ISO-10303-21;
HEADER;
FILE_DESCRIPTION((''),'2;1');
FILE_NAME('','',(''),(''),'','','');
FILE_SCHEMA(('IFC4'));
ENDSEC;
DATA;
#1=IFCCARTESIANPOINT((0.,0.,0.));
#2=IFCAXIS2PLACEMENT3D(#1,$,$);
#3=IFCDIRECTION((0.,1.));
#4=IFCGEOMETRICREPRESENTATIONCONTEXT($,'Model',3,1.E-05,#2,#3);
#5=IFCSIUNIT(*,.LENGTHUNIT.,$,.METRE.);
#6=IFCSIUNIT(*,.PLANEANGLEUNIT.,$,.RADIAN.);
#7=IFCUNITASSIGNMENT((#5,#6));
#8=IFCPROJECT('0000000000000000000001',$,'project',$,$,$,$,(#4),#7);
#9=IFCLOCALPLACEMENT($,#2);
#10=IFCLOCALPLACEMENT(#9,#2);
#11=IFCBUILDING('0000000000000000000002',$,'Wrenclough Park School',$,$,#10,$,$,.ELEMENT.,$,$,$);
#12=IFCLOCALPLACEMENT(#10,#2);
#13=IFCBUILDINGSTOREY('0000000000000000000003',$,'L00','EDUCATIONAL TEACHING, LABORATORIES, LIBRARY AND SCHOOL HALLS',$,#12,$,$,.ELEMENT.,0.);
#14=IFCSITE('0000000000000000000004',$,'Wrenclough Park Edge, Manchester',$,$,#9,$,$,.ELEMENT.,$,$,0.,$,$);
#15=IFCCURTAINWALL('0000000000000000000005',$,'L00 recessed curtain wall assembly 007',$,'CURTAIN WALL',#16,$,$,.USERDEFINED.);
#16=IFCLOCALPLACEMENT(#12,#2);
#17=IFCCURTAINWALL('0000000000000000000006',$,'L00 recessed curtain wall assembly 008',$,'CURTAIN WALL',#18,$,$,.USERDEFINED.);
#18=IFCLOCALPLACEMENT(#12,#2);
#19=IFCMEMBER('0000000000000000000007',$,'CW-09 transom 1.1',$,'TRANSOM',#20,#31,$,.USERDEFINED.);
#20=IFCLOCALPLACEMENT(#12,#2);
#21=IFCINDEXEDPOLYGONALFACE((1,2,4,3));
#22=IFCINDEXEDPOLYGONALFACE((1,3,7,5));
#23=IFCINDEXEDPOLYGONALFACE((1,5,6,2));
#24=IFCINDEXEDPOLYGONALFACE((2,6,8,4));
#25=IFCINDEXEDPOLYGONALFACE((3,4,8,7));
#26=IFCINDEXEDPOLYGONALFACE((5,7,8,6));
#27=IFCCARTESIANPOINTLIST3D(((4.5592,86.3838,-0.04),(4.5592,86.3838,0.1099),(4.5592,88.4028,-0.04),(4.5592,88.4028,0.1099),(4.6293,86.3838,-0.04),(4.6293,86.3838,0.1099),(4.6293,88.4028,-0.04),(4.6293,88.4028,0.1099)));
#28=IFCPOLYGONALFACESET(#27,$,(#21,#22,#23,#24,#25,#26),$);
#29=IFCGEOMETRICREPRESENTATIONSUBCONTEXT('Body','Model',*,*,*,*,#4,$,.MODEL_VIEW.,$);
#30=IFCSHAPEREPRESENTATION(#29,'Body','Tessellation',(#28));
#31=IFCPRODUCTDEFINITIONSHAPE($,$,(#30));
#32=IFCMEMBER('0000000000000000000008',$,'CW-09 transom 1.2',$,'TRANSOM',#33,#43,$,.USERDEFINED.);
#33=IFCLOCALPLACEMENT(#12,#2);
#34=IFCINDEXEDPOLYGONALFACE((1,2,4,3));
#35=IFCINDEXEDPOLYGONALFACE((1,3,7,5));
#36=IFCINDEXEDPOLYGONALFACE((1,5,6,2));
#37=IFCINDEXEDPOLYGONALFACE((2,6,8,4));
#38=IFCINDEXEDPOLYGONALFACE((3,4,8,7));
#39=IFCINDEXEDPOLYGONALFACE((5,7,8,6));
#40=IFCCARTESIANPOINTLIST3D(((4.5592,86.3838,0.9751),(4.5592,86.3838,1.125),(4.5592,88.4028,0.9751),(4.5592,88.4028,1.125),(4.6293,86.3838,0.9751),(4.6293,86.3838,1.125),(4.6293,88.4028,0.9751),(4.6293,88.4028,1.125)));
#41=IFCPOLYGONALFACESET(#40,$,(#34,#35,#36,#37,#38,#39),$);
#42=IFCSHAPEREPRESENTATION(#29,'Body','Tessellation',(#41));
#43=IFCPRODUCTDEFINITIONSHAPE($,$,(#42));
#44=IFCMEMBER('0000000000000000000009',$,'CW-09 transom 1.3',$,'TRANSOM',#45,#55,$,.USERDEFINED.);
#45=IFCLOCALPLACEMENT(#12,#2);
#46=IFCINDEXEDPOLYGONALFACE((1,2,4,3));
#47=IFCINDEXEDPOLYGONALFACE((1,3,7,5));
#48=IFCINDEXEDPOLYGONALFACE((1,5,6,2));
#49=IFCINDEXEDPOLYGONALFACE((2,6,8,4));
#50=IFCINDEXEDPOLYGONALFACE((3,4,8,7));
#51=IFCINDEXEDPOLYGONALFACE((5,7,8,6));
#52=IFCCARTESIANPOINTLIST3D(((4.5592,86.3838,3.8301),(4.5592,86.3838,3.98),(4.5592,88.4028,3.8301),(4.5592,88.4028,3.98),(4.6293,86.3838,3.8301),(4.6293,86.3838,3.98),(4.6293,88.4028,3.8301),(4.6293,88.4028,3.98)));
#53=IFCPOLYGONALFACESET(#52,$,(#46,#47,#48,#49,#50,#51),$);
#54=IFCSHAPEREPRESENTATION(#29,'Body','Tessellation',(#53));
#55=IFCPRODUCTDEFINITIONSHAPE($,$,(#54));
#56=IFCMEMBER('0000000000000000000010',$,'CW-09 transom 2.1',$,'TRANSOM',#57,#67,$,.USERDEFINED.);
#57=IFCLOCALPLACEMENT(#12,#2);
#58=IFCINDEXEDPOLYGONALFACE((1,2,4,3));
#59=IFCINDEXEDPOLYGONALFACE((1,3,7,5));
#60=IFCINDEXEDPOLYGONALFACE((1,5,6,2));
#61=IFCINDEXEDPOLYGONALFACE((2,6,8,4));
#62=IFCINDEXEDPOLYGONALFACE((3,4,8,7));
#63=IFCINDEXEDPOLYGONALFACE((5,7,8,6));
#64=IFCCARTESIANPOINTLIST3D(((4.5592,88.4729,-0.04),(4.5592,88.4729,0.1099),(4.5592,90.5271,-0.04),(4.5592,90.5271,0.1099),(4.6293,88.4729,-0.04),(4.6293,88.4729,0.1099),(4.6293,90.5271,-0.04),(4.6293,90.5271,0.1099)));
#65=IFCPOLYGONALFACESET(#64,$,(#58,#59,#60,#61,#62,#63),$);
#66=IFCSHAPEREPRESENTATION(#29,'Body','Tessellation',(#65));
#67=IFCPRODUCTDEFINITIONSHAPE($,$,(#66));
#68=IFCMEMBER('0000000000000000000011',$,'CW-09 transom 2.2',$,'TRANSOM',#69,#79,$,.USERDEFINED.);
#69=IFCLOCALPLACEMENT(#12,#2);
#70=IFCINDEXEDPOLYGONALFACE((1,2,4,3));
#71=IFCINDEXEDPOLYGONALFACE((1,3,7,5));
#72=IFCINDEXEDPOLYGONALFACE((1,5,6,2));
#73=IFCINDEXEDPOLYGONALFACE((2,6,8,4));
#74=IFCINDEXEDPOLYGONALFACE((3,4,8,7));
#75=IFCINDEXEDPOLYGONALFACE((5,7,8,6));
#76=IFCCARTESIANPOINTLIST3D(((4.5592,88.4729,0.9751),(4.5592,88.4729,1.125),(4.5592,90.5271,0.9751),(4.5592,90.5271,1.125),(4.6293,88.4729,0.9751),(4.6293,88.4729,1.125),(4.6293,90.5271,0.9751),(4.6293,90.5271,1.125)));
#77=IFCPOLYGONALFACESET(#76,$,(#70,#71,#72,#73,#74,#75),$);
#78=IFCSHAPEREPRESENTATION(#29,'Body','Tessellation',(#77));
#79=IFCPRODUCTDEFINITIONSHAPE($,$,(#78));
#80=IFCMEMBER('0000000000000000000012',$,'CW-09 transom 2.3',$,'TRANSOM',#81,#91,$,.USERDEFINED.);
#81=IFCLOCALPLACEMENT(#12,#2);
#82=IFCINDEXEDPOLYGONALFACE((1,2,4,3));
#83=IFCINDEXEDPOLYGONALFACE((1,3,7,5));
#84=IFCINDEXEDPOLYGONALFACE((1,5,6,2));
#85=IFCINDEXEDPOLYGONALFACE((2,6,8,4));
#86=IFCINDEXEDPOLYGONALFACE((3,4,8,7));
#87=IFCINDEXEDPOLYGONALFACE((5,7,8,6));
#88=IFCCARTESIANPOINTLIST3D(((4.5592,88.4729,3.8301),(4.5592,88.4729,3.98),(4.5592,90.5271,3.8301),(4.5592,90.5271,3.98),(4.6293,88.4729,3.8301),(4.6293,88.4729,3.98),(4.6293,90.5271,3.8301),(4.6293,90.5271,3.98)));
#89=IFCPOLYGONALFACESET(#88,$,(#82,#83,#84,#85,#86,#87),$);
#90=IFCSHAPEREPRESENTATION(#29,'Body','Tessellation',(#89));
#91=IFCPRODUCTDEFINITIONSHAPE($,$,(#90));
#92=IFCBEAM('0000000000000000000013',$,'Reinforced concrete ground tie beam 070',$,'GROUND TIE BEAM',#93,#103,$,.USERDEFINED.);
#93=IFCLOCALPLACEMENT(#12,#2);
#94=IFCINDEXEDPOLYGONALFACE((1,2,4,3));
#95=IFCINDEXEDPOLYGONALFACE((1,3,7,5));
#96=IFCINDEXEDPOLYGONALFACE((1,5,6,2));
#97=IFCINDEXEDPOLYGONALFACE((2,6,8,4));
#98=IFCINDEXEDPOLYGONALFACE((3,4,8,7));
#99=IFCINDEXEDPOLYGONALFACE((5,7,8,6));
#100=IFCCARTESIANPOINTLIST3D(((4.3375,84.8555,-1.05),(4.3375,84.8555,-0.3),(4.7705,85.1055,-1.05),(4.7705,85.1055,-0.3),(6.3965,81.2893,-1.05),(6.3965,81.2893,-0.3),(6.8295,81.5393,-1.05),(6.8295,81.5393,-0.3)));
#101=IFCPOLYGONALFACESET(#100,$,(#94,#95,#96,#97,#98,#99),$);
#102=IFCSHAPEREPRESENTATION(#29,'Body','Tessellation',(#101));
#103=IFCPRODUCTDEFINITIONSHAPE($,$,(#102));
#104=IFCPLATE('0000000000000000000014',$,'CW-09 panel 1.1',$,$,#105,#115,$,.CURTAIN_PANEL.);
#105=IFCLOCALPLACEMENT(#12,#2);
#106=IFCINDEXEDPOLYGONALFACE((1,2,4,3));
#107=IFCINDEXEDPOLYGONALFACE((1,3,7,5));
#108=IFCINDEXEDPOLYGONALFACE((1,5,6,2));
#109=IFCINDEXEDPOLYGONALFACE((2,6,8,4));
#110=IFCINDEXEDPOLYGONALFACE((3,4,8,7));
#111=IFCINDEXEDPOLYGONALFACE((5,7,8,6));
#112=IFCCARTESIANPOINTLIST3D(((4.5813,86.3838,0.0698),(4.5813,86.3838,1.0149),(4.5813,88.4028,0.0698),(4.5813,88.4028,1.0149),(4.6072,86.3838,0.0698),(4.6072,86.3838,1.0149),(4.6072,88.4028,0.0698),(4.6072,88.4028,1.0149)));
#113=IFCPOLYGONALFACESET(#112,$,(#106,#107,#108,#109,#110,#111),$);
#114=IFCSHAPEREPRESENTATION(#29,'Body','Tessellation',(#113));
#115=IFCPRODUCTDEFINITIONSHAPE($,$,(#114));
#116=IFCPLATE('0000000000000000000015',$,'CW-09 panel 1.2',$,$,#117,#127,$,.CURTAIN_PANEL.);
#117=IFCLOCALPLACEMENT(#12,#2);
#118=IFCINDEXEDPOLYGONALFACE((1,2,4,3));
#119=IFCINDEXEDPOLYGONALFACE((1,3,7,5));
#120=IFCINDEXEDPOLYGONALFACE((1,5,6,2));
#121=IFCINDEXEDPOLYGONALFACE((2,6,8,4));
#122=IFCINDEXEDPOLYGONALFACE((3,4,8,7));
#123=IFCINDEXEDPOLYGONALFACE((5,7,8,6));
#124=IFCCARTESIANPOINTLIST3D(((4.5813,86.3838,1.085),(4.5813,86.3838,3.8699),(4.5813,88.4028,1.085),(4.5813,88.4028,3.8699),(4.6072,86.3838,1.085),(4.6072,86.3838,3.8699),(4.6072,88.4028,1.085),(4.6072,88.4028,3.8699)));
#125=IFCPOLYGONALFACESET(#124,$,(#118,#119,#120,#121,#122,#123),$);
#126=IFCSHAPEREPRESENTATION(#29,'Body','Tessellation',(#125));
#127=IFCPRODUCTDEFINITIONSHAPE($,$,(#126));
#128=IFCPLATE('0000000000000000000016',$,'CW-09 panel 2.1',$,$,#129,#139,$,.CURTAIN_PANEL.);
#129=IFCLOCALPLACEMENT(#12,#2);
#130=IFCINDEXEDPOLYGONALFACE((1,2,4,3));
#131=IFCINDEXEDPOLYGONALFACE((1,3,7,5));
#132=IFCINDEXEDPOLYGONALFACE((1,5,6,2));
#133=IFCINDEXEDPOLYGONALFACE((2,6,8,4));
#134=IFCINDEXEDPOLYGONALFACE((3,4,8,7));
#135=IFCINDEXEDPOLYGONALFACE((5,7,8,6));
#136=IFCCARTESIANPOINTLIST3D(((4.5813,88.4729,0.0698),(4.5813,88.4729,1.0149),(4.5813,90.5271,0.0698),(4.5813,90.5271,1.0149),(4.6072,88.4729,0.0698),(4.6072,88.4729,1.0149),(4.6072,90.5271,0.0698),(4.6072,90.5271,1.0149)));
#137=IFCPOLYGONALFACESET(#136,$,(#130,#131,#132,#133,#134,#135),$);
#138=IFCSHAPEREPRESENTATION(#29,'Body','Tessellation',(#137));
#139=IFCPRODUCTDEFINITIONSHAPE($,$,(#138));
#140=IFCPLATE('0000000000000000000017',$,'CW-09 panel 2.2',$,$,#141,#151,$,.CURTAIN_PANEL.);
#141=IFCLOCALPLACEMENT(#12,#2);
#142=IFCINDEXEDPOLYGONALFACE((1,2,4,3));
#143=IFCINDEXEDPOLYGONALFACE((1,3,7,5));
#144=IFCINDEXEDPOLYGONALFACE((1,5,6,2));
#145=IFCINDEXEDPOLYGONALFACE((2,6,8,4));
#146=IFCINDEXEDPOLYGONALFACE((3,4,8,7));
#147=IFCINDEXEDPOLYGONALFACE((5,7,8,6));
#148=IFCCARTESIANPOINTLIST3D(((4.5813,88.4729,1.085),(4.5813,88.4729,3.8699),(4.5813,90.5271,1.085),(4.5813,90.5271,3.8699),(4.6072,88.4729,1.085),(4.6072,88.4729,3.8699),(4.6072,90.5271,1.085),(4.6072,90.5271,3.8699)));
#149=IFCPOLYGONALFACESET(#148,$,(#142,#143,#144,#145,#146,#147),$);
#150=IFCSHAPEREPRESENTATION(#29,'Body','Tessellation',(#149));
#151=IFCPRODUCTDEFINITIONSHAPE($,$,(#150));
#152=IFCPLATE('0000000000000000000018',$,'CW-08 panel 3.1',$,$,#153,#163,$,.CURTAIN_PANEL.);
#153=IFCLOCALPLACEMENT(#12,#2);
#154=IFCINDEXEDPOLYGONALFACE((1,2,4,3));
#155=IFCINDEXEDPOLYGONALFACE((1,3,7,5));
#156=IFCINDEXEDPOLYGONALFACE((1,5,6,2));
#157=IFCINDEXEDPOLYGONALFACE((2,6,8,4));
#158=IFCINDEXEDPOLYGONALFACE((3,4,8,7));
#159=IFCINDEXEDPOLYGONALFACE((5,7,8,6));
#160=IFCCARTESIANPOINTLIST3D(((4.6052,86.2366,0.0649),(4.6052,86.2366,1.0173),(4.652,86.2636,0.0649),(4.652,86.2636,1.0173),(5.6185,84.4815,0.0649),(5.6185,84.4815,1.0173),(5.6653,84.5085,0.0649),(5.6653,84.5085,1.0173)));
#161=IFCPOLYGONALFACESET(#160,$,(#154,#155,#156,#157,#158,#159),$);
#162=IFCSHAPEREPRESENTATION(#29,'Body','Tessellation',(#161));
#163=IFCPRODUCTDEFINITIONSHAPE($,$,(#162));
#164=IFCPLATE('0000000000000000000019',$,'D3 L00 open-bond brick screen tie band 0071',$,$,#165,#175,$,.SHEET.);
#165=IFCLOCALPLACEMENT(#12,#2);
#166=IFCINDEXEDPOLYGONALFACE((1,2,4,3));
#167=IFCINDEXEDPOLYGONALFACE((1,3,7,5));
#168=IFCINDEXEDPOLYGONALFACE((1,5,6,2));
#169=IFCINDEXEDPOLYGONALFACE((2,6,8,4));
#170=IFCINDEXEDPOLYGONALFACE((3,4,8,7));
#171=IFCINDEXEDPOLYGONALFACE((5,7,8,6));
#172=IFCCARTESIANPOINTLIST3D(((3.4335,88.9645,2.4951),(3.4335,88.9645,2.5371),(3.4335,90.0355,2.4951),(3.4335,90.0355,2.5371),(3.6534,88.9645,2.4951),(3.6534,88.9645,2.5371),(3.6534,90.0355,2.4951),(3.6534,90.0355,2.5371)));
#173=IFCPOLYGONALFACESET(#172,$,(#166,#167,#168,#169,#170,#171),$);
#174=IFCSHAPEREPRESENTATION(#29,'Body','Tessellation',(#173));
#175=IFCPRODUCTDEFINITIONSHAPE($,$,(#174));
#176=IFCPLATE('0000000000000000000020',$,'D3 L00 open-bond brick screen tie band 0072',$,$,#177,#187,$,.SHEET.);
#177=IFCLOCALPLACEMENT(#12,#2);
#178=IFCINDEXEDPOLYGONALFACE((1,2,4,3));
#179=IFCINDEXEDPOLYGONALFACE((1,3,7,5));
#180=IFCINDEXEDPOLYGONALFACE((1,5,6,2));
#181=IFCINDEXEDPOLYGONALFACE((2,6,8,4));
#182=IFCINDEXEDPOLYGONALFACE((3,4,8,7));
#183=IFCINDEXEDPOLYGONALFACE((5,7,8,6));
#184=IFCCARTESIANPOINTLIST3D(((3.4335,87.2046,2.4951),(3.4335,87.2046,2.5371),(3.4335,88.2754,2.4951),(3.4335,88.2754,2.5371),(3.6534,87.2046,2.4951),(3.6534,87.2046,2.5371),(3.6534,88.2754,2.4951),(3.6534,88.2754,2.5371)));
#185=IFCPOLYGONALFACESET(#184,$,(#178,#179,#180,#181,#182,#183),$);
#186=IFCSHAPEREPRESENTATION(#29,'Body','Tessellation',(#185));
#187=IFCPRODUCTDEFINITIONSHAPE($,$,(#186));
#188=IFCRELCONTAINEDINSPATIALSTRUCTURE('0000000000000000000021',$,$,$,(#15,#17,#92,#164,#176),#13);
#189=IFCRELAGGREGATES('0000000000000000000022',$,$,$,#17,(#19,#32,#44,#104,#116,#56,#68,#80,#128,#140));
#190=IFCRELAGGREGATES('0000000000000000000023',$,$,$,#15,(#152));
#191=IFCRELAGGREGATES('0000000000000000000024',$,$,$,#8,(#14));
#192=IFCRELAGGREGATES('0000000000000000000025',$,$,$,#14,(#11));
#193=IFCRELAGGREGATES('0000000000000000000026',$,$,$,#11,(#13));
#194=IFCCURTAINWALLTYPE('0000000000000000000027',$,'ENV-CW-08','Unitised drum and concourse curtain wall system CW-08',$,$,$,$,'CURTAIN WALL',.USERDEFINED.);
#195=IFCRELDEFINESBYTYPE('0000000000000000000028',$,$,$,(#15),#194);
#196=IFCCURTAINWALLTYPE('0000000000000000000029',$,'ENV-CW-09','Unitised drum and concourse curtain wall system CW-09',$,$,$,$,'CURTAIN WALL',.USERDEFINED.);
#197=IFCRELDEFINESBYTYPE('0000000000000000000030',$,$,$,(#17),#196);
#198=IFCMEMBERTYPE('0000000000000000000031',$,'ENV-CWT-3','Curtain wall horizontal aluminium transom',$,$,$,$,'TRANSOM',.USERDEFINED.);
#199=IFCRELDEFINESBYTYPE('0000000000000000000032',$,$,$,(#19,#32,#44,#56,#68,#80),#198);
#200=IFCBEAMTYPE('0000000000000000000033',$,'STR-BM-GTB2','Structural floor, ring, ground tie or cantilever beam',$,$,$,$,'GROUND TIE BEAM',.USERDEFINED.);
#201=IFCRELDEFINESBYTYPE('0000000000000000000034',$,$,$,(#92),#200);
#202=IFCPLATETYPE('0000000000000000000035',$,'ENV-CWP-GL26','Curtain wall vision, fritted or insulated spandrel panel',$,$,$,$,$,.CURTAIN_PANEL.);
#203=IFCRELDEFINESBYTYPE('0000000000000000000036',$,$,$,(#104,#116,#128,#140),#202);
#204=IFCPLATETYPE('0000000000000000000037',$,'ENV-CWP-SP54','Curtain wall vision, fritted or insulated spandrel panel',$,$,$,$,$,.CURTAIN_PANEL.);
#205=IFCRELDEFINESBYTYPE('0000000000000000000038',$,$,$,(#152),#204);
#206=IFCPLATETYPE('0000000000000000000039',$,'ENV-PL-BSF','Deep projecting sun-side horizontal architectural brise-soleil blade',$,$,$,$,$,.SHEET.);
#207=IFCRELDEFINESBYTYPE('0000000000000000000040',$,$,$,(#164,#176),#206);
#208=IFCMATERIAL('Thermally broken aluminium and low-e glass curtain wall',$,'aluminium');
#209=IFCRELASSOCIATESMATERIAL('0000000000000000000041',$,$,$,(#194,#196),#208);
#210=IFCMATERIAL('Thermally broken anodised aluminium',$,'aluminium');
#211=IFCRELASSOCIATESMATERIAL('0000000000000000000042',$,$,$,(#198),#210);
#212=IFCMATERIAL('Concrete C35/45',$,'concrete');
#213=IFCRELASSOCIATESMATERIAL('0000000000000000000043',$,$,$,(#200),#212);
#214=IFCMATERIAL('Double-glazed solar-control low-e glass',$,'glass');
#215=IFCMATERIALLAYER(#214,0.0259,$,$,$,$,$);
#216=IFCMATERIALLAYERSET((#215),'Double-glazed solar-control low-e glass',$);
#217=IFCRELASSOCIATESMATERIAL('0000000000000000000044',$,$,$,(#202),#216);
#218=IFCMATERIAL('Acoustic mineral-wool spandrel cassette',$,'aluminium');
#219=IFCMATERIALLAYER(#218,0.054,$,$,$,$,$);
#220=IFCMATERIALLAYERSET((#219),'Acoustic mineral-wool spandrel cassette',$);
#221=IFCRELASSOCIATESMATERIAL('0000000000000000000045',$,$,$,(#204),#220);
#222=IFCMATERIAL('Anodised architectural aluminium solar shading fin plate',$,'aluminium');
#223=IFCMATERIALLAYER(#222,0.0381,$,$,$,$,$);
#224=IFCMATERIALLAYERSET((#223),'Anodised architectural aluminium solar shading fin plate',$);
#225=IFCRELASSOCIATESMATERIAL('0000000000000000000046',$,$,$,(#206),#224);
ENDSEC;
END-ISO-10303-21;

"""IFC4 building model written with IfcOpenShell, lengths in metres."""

from ifc_helpers import new_model, si_unit, direction, frame, origin, origin_2d, place, context, subcontext, project, spatial, rectangle, extrude, material, layer, layer_set, material_profile, profile_set, type_object, element, aggregate, save


model = new_model("IFC4")

# Units and contexts
model_context = context("Model", 3, precision=1e-05, world=origin(), true_north=direction((0.0, 1.0)))
body_context = subcontext(model_context, "Body", "Model", "MODEL_VIEW")
ifc_project = project(units=[si_unit("LENGTHUNIT", "METRE"), si_unit("PLANEANGLEUNIT", "RADIAN")], contexts=[model_context])

# Site, building, storey
site_placement = place(None, origin())
site = spatial("IfcSite", under=ifc_project, at=site_placement, Name="Wrenclough Park Edge, Manchester", CompositionType="ELEMENT", RefElevation=0.0)
building_placement = place(site_placement, origin())
building = spatial("IfcBuilding", under=site, at=building_placement, Name="Wrenclough Park School", CompositionType="ELEMENT")
storey_placement = place(building_placement, origin())
storey = spatial("IfcBuildingStorey", under=building, at=storey_placement, Name="L00", Description="EDUCATIONAL TEACHING, LABORATORIES, LIBRARY AND SCHOOL HALLS", CompositionType="ELEMENT", Elevation=0.0)

# Shared definitions
ifc_material_1 = material(Name="Concrete C35/45", Category="concrete")

# Curtain wall
ifc_material_2 = material(Name="Thermally broken aluminium and low-e glass curtain wall", Category="aluminium")
curtain_wall_type_1 = type_object("IfcCurtainWallType", Name="ENV-CW-08", Description="Unitised drum and concourse curtain wall system CW-08", ElementType="CURTAIN WALL", PredefinedType="USERDEFINED", material=ifc_material_2)
curtain_wall_1_placement = place(storey_placement, origin())
curtain_wall_1 = element("IfcCurtainWall", 1, at=curtain_wall_1_placement, inside=storey, type_object=curtain_wall_type_1, Name="L00 recessed curtain wall assembly 007", ObjectType="CURTAIN WALL", PredefinedType="USERDEFINED")
ifc_material_3 = material(Name="Thermally broken anodised aluminium", Category="aluminium")

# Curtain wall, members
curtain_wall_type_2 = type_object("IfcCurtainWallType", Name="ENV-CW-09", Description="Unitised drum and concourse curtain wall system CW-09", ElementType="CURTAIN WALL", PredefinedType="USERDEFINED", material=ifc_material_2)
curtain_wall_2_placement = place(storey_placement, origin())
curtain_wall_2 = element("IfcCurtainWall", 2, at=curtain_wall_2_placement, inside=storey, type_object=curtain_wall_type_2, Name="L00 recessed curtain wall assembly 008", ObjectType="CURTAIN WALL", PredefinedType="USERDEFINED")
ifc_material_profile_1 = material_profile(ifc_material_3, rectangle(XDim=0.0701, YDim=0.1499, at=origin_2d()), Name="AL TRANSOM 70x150")
ifc_profile_set_1 = profile_set([ifc_material_profile_1], Name="Thermally broken anodised aluminium")
member_type_1 = type_object("IfcMemberType", Name="ENV-CWT-3", Description="Curtain wall horizontal aluminium transom", ElementType="TRANSOM", PredefinedType="USERDEFINED", material=ifc_profile_set_1)
member_1_placement = place(storey_placement, frame((4.5942, 86.3838, 0.0349), z_axis=(0.0, 1.0, 0.0), x_axis=(-1.0, 0.0, 0.0)))
member_1 = element("IfcMember", 3, at=member_1_placement, type_object=member_type_1, Name="CW-09 transom 1.1", ObjectType="TRANSOM", PredefinedType="USERDEFINED", context=body_context, shape_type="SweptSolid", body=[
    extrude(rectangle(XDim=0.0701, YDim=0.1499, at=origin_2d()), origin(), (0.0, 0.0, 1.0), 2.019),
])
member_2_placement = place(storey_placement, frame((4.5942, 86.3838, 1.05), z_axis=(0.0, 1.0, 0.0), x_axis=(-1.0, 0.0, 0.0)))
member_2 = element("IfcMember", 4, at=member_2_placement, type_object=member_type_1, Name="CW-09 transom 1.2", ObjectType="TRANSOM", PredefinedType="USERDEFINED", context=body_context, shape_type="SweptSolid", body=[
    extrude(rectangle(XDim=0.0701, YDim=0.1499, at=origin_2d()), origin(), (0.0, 0.0, 1.0), 2.019),
])
member_3_placement = place(storey_placement, frame((4.5942, 86.3838, 3.905), z_axis=(0.0, 1.0, 0.0), x_axis=(-1.0, 0.0, 0.0)))
member_3 = element("IfcMember", 5, at=member_3_placement, type_object=member_type_1, Name="CW-09 transom 1.3", ObjectType="TRANSOM", PredefinedType="USERDEFINED", context=body_context, shape_type="SweptSolid", body=[
    extrude(rectangle(XDim=0.0701, YDim=0.1499, at=origin_2d()), origin(), (0.0, 0.0, 1.0), 2.019),
])
member_4_placement = place(storey_placement, frame((4.5942, 88.4729, 0.0349), z_axis=(0.0, 1.0, 0.0), x_axis=(-1.0, 0.0, 0.0)))
member_4 = element("IfcMember", 6, at=member_4_placement, type_object=member_type_1, Name="CW-09 transom 2.1", ObjectType="TRANSOM", PredefinedType="USERDEFINED", context=body_context, shape_type="SweptSolid", body=[
    extrude(rectangle(XDim=0.0701, YDim=0.1499, at=origin_2d()), origin(), (0.0, 0.0, 1.0), 2.0542),
])
member_5_placement = place(storey_placement, frame((4.5942, 88.4729, 1.05), z_axis=(0.0, 1.0, 0.0), x_axis=(-1.0, 0.0, 0.0)))
member_5 = element("IfcMember", 7, at=member_5_placement, type_object=member_type_1, Name="CW-09 transom 2.2", ObjectType="TRANSOM", PredefinedType="USERDEFINED", context=body_context, shape_type="SweptSolid", body=[
    extrude(rectangle(XDim=0.0701, YDim=0.1499, at=origin_2d()), origin(), (0.0, 0.0, 1.0), 2.0542),
])
member_6_placement = place(storey_placement, frame((4.5942, 88.4729, 3.905), z_axis=(0.0, 1.0, 0.0), x_axis=(-1.0, 0.0, 0.0)))
member_6 = element("IfcMember", 8, at=member_6_placement, type_object=member_type_1, Name="CW-09 transom 2.3", ObjectType="TRANSOM", PredefinedType="USERDEFINED", context=body_context, shape_type="SweptSolid", body=[
    extrude(rectangle(XDim=0.0701, YDim=0.1499, at=origin_2d()), origin(), (0.0, 0.0, 1.0), 2.0542),
])

# Beam
ifc_material_profile_2 = material_profile(ifc_material_1, rectangle(XDim=0.5, YDim=0.75, at=origin_2d()), Name="RC GROUND 500x750")
ifc_profile_set_2 = profile_set([ifc_material_profile_2], Name="Concrete C35/45")
beam_type = type_object("IfcBeamType", Name="STR-BM-GTB2", Description="Structural floor, ring, ground tie or cantilever beam", ElementType="GROUND TIE BEAM", PredefinedType="USERDEFINED", material=ifc_profile_set_2)
beam_placement = place(storey_placement, frame((4.554, 84.9805, -0.675), z_axis=(0.500029, -0.866009, 0.0), x_axis=(0.866009, 0.500029, 0.0)))
element("IfcBeam", 9, at=beam_placement, inside=storey, type_object=beam_type, Name="Reinforced concrete ground tie beam 070", ObjectType="GROUND TIE BEAM", PredefinedType="USERDEFINED", context=body_context, shape_type="SweptSolid", body=[
    extrude(rectangle(XDim=0.5, YDim=0.75, at=origin_2d()), origin(), (0.0, 0.0, 1.0), 4.1179),
])

# Plates
ifc_material_4 = material(Name="Double-glazed solar-control low-e glass", Category="glass")
ifc_layer_1 = layer(ifc_material_4, 0.0259)
ifc_layer_set_1 = layer_set([ifc_layer_1], Name="Double-glazed solar-control low-e glass")
plate_type_1 = type_object("IfcPlateType", Name="ENV-CWP-GL26", Description="Curtain wall vision, fritted or insulated spandrel panel", PredefinedType="CURTAIN_PANEL", material=ifc_layer_set_1)
plate_1_placement = place(storey_placement, frame((4.5942, 87.3933, 0.0698), z_axis=(0.0, 0.0, 1.0), x_axis=(0.0, 1.0, 0.0)))
plate_1 = element("IfcPlate", 10, at=plate_1_placement, type_object=plate_type_1, Name="CW-09 panel 1.1", PredefinedType="CURTAIN_PANEL", context=body_context, shape_type="SweptSolid", body=[
    extrude(rectangle(XDim=2.019, YDim=0.0259, at=origin_2d()), origin(), (0.0, 0.0, 1.0), 0.9451),
])
plate_2_placement = place(storey_placement, frame((4.5942, 87.3933, 1.085), z_axis=(0.0, 0.0, 1.0), x_axis=(0.0, 1.0, 0.0)))
plate_2 = element("IfcPlate", 11, at=plate_2_placement, type_object=plate_type_1, Name="CW-09 panel 1.2", PredefinedType="CURTAIN_PANEL", context=body_context, shape_type="SweptSolid", body=[
    extrude(rectangle(XDim=2.019, YDim=0.0259, at=origin_2d()), origin(), (0.0, 0.0, 1.0), 2.7849),
])
plate_3_placement = place(storey_placement, frame((4.5942, 89.5, 0.0698), z_axis=(0.0, 0.0, 1.0), x_axis=(0.0, 1.0, 0.0)))
plate_3 = element("IfcPlate", 12, at=plate_3_placement, type_object=plate_type_1, Name="CW-09 panel 2.1", PredefinedType="CURTAIN_PANEL", context=body_context, shape_type="SweptSolid", body=[
    extrude(rectangle(XDim=2.0542, YDim=0.0259, at=origin_2d()), origin(), (0.0, 0.0, 1.0), 0.9451),
])
plate_4_placement = place(storey_placement, frame((4.5942, 89.5, 1.085), z_axis=(0.0, 0.0, 1.0), x_axis=(0.0, 1.0, 0.0)))
plate_4 = element("IfcPlate", 13, at=plate_4_placement, type_object=plate_type_1, Name="CW-09 panel 2.2", PredefinedType="CURTAIN_PANEL", context=body_context, shape_type="SweptSolid", body=[
    extrude(rectangle(XDim=2.0542, YDim=0.0259, at=origin_2d()), origin(), (0.0, 0.0, 1.0), 2.7849),
])
aggregate(curtain_wall_2, [member_1, member_2, member_3, plate_1, plate_2, member_4, member_5, member_6, plate_3, plate_4])
ifc_material_5 = material(Name="Acoustic mineral-wool spandrel cassette", Category="aluminium")
ifc_layer_2 = layer(ifc_material_5, 0.054)
ifc_layer_set_2 = layer_set([ifc_layer_2], Name="Acoustic mineral-wool spandrel cassette")
plate_type_2 = type_object("IfcPlateType", Name="ENV-CWP-SP54", Description="Curtain wall vision, fritted or insulated spandrel panel", PredefinedType="CURTAIN_PANEL", material=ifc_layer_set_2)
plate_5_placement = place(storey_placement, frame((5.1353, 85.3726, 0.0649), z_axis=(0.0, 0.0, 1.0), x_axis=(-0.499999, 0.866026, 0.0)))
plate_5 = element("IfcPlate", 14, at=plate_5_placement, type_object=plate_type_2, Name="CW-08 panel 3.1", PredefinedType="CURTAIN_PANEL", context=body_context, shape_type="SweptSolid", body=[
    extrude(rectangle(XDim=2.0266, YDim=0.054, at=origin_2d()), origin(), (0.0, 0.0, 1.0), 0.9524),
])
aggregate(curtain_wall_1, [plate_5])

# Plates
ifc_material_6 = material(Name="Anodised architectural aluminium solar shading fin plate", Category="aluminium")
ifc_layer_3 = layer(ifc_material_6, 0.0381)
ifc_layer_set_3 = layer_set([ifc_layer_3], Name="Anodised architectural aluminium solar shading fin plate")
plate_type_3 = type_object("IfcPlateType", Name="ENV-PL-BSF", Description="Deep projecting sun-side horizontal architectural brise-soleil blade", PredefinedType="SHEET", material=ifc_layer_set_3)
plate_6_placement = place(storey_placement, frame((3.5435, 89.5, 2.4951), z_axis=(0.0, 0.0, 1.0), x_axis=(0.0, -1.0, 0.0)))
element("IfcPlate", 15, at=plate_6_placement, inside=storey, type_object=plate_type_3, Name="D3 L00 open-bond brick screen tie band 0071", PredefinedType="SHEET", context=body_context, shape_type="SweptSolid", body=[
    extrude(rectangle(XDim=1.071, YDim=0.22, at=origin_2d()), origin(), (0.0, 0.0, 1.0), 0.042),
])
plate_7_placement = place(storey_placement, frame((3.5435, 87.74, 2.4951), z_axis=(0.0, 0.0, 1.0), x_axis=(0.0, -1.0, 0.0)))
element("IfcPlate", 16, at=plate_7_placement, inside=storey, type_object=plate_type_3, Name="D3 L00 open-bond brick screen tie band 0072", PredefinedType="SHEET", context=body_context, shape_type="SweptSolid", body=[
    extrude(rectangle(XDim=1.0708, YDim=0.22, at=origin_2d()), origin(), (0.0, 0.0, 1.0), 0.042),
])

save(model, "model.ifc")
